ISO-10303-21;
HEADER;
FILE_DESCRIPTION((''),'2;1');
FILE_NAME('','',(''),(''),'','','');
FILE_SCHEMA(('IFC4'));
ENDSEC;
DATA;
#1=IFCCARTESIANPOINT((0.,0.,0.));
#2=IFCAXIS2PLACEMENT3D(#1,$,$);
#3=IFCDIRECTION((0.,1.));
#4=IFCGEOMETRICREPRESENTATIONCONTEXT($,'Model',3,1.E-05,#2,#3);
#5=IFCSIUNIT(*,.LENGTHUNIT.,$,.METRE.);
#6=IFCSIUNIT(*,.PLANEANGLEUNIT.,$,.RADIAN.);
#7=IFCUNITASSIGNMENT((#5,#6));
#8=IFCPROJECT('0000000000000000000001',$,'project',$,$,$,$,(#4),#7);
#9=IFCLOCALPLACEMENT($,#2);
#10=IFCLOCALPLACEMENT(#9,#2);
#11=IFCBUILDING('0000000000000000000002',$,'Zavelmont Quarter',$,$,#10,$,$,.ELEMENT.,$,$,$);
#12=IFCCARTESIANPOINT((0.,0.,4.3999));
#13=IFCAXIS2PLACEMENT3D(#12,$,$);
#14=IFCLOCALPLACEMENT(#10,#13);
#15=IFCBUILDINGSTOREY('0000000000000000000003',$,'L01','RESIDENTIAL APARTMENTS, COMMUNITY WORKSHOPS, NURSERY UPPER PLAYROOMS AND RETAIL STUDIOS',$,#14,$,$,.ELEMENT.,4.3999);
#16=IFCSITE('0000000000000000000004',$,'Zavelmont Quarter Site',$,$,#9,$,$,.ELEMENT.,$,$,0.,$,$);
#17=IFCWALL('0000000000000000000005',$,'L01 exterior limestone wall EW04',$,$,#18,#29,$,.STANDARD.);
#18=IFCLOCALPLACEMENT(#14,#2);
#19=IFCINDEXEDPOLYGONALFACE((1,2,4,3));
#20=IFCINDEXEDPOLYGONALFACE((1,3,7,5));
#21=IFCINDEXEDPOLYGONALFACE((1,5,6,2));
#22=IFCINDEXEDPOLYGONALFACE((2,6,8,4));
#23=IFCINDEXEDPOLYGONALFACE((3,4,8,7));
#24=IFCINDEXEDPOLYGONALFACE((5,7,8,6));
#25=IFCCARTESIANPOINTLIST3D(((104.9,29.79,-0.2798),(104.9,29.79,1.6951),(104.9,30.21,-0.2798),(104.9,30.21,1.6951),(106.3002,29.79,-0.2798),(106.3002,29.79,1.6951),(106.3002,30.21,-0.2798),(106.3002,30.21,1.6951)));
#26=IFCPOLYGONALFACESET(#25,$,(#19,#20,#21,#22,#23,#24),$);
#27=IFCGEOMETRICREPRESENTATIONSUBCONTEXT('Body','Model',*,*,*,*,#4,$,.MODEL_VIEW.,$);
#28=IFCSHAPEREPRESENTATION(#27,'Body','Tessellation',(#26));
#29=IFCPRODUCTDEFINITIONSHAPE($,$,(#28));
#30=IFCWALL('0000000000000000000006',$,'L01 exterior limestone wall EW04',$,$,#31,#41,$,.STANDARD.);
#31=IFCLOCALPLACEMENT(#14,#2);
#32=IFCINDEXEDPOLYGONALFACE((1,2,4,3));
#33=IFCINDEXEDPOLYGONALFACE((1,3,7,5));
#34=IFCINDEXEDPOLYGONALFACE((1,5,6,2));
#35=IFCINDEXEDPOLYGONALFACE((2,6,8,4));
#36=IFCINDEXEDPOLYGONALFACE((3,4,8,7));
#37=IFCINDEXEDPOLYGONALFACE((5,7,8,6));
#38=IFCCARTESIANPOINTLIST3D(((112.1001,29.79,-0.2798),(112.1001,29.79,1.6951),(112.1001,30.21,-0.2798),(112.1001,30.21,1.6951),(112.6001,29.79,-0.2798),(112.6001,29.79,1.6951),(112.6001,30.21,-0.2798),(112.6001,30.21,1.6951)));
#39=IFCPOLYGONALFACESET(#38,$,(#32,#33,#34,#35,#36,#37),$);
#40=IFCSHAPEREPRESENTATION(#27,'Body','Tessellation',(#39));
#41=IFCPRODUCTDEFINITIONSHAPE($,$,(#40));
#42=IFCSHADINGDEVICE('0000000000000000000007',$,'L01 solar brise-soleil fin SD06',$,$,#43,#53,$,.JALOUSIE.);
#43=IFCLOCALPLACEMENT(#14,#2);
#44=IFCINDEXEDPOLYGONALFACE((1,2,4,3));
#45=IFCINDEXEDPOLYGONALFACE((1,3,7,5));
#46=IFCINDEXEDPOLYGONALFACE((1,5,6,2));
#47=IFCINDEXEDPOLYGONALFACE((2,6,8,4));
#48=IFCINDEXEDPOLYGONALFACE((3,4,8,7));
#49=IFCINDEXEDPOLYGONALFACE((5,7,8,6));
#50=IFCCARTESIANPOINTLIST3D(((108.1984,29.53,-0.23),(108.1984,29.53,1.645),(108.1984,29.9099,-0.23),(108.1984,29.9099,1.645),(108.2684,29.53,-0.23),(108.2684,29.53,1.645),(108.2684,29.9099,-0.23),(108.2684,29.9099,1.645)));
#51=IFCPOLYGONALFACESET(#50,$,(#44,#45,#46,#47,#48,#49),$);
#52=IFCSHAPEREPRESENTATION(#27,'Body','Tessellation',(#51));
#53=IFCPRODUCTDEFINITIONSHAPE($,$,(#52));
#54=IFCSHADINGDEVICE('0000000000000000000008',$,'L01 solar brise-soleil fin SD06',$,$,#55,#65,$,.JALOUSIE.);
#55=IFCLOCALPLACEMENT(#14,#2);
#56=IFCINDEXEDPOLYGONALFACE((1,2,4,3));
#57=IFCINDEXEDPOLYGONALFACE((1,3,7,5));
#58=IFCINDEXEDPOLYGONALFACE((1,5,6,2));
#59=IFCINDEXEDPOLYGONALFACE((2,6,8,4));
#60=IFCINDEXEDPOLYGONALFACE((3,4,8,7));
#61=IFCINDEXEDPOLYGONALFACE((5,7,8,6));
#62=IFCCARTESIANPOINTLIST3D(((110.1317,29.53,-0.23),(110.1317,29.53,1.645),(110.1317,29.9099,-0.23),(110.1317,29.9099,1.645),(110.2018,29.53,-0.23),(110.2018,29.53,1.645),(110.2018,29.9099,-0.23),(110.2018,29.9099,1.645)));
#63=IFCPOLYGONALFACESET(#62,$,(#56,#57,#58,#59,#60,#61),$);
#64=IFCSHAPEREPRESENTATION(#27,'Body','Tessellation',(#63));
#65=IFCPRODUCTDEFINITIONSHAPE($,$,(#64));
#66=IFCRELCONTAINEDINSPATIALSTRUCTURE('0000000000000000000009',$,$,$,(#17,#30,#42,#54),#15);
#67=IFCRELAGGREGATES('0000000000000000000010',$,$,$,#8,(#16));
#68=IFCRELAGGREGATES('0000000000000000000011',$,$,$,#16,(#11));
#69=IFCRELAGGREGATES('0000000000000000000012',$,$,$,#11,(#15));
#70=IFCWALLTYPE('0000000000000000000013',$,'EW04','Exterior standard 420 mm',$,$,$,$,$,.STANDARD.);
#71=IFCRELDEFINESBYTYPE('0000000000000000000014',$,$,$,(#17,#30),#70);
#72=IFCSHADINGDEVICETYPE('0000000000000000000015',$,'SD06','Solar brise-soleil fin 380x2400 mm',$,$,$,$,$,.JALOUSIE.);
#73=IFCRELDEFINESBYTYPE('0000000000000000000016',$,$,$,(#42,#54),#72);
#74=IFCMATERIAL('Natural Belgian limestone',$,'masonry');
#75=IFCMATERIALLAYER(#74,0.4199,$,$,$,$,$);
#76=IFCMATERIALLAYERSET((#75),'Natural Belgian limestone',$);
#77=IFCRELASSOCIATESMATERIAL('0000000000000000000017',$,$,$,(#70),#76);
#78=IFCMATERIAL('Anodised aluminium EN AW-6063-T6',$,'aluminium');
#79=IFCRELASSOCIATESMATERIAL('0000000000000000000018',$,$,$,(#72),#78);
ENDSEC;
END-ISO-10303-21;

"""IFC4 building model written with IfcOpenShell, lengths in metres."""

from ifc_helpers import new_model, si_unit, direction, frame, frame_2d, origin, origin_2d, place, context, subcontext, project, spatial, rectangle, extrude, material, layer, layer_set, type_object, element, save


model = new_model("IFC4")

# Units and contexts
model_context = context("Model", 3, precision=1e-05, world=origin(), true_north=direction((0.0, 1.0)))
body_context = subcontext(model_context, "Body", "Model", "MODEL_VIEW")
ifc_project = project(units=[si_unit("LENGTHUNIT", "METRE"), si_unit("PLANEANGLEUNIT", "RADIAN")], contexts=[model_context])

# Site, building, storey
site_placement = place(None, origin())
site = spatial("IfcSite", under=ifc_project, at=site_placement, Name="Zavelmont Quarter Site", CompositionType="ELEMENT", RefElevation=0.0)
building_placement = place(site_placement, origin())
building = spatial("IfcBuilding", under=site, at=building_placement, Name="Zavelmont Quarter", CompositionType="ELEMENT")
storey_placement = place(building_placement, frame((0.0, 0.0, 4.3999)))
storey = spatial("IfcBuildingStorey", under=building, at=storey_placement, Name="L01", Description="RESIDENTIAL APARTMENTS, COMMUNITY WORKSHOPS, NURSERY UPPER PLAYROOMS AND RETAIL STUDIOS", CompositionType="ELEMENT", Elevation=4.3999)

# Walls
ifc_material_1 = material(Name="Natural Belgian limestone", Category="masonry")
ifc_layer_1 = layer(ifc_material_1, 0.4199)
ifc_layer_set_1 = layer_set([ifc_layer_1], Name="Natural Belgian limestone")
wall_type = type_object("IfcWallType", Name="EW04", Description="Exterior standard 420 mm", PredefinedType="STANDARD", material=ifc_layer_set_1)
wall_1_placement = place(storey_placement, frame((104.8999, 30.0, -0.2798), z_axis=(0.0, 0.0, 1.0), x_axis=(1.0, 0.0, 0.0)))
element("IfcWall", 1, at=wall_1_placement, inside=storey, type_object=wall_type, Name="L01 exterior limestone wall EW04", PredefinedType="STANDARD", context=body_context, shape_type="SweptSolid", body=[
    extrude(rectangle(XDim=1.4001, YDim=0.4199, at=frame_2d((0.7002, 0.0))), origin(), (0.0, 0.0, 1.0), 1.9749),
])
wall_2_placement = place(storey_placement, frame((112.1001, 30.0, -0.2798), z_axis=(0.0, 0.0, 1.0), x_axis=(1.0, 0.0, 0.0)))
element("IfcWall", 2, at=wall_2_placement, inside=storey, type_object=wall_type, Name="L01 exterior limestone wall EW04", PredefinedType="STANDARD", context=body_context, shape_type="SweptSolid", body=[
    extrude(rectangle(XDim=0.5, YDim=0.4199, at=frame_2d((0.25, 0.0))), origin(), (0.0, 0.0, 1.0), 1.9749),
])

# Shading devices
ifc_material_2 = material(Name="Anodised aluminium EN AW-6063-T6", Category="aluminium")
shading_device_type = type_object("IfcShadingDeviceType", Name="SD06", Description="Solar brise-soleil fin 380x2400 mm", PredefinedType="JALOUSIE", material=ifc_material_2)
for number, where, z_axis, x_axis, name in (
    (3, (108.2334, 29.72, -0.23), (0.0, 0.0, 1.0), (1.0, 0.0, 0.0), "L01 solar brise-soleil fin SD06"),
    (4, (110.1667, 29.72, -0.23), (0.0, 0.0, 1.0), (1.0, 0.0, 0.0), "L01 solar brise-soleil fin SD06"),
):
    element("IfcShadingDevice", number, at=place(storey_placement, frame(where, z_axis=z_axis, x_axis=x_axis)), inside=storey, type_object=shading_device_type, Name=name, PredefinedType="JALOUSIE", context=body_context, shape_type="SweptSolid", body=[
        extrude(rectangle(XDim=0.0701, YDim=0.3799, at=origin_2d()), origin(), (0.0, 0.0, 1.0), 1.875),
    ])

save(model, "model.ifc")
